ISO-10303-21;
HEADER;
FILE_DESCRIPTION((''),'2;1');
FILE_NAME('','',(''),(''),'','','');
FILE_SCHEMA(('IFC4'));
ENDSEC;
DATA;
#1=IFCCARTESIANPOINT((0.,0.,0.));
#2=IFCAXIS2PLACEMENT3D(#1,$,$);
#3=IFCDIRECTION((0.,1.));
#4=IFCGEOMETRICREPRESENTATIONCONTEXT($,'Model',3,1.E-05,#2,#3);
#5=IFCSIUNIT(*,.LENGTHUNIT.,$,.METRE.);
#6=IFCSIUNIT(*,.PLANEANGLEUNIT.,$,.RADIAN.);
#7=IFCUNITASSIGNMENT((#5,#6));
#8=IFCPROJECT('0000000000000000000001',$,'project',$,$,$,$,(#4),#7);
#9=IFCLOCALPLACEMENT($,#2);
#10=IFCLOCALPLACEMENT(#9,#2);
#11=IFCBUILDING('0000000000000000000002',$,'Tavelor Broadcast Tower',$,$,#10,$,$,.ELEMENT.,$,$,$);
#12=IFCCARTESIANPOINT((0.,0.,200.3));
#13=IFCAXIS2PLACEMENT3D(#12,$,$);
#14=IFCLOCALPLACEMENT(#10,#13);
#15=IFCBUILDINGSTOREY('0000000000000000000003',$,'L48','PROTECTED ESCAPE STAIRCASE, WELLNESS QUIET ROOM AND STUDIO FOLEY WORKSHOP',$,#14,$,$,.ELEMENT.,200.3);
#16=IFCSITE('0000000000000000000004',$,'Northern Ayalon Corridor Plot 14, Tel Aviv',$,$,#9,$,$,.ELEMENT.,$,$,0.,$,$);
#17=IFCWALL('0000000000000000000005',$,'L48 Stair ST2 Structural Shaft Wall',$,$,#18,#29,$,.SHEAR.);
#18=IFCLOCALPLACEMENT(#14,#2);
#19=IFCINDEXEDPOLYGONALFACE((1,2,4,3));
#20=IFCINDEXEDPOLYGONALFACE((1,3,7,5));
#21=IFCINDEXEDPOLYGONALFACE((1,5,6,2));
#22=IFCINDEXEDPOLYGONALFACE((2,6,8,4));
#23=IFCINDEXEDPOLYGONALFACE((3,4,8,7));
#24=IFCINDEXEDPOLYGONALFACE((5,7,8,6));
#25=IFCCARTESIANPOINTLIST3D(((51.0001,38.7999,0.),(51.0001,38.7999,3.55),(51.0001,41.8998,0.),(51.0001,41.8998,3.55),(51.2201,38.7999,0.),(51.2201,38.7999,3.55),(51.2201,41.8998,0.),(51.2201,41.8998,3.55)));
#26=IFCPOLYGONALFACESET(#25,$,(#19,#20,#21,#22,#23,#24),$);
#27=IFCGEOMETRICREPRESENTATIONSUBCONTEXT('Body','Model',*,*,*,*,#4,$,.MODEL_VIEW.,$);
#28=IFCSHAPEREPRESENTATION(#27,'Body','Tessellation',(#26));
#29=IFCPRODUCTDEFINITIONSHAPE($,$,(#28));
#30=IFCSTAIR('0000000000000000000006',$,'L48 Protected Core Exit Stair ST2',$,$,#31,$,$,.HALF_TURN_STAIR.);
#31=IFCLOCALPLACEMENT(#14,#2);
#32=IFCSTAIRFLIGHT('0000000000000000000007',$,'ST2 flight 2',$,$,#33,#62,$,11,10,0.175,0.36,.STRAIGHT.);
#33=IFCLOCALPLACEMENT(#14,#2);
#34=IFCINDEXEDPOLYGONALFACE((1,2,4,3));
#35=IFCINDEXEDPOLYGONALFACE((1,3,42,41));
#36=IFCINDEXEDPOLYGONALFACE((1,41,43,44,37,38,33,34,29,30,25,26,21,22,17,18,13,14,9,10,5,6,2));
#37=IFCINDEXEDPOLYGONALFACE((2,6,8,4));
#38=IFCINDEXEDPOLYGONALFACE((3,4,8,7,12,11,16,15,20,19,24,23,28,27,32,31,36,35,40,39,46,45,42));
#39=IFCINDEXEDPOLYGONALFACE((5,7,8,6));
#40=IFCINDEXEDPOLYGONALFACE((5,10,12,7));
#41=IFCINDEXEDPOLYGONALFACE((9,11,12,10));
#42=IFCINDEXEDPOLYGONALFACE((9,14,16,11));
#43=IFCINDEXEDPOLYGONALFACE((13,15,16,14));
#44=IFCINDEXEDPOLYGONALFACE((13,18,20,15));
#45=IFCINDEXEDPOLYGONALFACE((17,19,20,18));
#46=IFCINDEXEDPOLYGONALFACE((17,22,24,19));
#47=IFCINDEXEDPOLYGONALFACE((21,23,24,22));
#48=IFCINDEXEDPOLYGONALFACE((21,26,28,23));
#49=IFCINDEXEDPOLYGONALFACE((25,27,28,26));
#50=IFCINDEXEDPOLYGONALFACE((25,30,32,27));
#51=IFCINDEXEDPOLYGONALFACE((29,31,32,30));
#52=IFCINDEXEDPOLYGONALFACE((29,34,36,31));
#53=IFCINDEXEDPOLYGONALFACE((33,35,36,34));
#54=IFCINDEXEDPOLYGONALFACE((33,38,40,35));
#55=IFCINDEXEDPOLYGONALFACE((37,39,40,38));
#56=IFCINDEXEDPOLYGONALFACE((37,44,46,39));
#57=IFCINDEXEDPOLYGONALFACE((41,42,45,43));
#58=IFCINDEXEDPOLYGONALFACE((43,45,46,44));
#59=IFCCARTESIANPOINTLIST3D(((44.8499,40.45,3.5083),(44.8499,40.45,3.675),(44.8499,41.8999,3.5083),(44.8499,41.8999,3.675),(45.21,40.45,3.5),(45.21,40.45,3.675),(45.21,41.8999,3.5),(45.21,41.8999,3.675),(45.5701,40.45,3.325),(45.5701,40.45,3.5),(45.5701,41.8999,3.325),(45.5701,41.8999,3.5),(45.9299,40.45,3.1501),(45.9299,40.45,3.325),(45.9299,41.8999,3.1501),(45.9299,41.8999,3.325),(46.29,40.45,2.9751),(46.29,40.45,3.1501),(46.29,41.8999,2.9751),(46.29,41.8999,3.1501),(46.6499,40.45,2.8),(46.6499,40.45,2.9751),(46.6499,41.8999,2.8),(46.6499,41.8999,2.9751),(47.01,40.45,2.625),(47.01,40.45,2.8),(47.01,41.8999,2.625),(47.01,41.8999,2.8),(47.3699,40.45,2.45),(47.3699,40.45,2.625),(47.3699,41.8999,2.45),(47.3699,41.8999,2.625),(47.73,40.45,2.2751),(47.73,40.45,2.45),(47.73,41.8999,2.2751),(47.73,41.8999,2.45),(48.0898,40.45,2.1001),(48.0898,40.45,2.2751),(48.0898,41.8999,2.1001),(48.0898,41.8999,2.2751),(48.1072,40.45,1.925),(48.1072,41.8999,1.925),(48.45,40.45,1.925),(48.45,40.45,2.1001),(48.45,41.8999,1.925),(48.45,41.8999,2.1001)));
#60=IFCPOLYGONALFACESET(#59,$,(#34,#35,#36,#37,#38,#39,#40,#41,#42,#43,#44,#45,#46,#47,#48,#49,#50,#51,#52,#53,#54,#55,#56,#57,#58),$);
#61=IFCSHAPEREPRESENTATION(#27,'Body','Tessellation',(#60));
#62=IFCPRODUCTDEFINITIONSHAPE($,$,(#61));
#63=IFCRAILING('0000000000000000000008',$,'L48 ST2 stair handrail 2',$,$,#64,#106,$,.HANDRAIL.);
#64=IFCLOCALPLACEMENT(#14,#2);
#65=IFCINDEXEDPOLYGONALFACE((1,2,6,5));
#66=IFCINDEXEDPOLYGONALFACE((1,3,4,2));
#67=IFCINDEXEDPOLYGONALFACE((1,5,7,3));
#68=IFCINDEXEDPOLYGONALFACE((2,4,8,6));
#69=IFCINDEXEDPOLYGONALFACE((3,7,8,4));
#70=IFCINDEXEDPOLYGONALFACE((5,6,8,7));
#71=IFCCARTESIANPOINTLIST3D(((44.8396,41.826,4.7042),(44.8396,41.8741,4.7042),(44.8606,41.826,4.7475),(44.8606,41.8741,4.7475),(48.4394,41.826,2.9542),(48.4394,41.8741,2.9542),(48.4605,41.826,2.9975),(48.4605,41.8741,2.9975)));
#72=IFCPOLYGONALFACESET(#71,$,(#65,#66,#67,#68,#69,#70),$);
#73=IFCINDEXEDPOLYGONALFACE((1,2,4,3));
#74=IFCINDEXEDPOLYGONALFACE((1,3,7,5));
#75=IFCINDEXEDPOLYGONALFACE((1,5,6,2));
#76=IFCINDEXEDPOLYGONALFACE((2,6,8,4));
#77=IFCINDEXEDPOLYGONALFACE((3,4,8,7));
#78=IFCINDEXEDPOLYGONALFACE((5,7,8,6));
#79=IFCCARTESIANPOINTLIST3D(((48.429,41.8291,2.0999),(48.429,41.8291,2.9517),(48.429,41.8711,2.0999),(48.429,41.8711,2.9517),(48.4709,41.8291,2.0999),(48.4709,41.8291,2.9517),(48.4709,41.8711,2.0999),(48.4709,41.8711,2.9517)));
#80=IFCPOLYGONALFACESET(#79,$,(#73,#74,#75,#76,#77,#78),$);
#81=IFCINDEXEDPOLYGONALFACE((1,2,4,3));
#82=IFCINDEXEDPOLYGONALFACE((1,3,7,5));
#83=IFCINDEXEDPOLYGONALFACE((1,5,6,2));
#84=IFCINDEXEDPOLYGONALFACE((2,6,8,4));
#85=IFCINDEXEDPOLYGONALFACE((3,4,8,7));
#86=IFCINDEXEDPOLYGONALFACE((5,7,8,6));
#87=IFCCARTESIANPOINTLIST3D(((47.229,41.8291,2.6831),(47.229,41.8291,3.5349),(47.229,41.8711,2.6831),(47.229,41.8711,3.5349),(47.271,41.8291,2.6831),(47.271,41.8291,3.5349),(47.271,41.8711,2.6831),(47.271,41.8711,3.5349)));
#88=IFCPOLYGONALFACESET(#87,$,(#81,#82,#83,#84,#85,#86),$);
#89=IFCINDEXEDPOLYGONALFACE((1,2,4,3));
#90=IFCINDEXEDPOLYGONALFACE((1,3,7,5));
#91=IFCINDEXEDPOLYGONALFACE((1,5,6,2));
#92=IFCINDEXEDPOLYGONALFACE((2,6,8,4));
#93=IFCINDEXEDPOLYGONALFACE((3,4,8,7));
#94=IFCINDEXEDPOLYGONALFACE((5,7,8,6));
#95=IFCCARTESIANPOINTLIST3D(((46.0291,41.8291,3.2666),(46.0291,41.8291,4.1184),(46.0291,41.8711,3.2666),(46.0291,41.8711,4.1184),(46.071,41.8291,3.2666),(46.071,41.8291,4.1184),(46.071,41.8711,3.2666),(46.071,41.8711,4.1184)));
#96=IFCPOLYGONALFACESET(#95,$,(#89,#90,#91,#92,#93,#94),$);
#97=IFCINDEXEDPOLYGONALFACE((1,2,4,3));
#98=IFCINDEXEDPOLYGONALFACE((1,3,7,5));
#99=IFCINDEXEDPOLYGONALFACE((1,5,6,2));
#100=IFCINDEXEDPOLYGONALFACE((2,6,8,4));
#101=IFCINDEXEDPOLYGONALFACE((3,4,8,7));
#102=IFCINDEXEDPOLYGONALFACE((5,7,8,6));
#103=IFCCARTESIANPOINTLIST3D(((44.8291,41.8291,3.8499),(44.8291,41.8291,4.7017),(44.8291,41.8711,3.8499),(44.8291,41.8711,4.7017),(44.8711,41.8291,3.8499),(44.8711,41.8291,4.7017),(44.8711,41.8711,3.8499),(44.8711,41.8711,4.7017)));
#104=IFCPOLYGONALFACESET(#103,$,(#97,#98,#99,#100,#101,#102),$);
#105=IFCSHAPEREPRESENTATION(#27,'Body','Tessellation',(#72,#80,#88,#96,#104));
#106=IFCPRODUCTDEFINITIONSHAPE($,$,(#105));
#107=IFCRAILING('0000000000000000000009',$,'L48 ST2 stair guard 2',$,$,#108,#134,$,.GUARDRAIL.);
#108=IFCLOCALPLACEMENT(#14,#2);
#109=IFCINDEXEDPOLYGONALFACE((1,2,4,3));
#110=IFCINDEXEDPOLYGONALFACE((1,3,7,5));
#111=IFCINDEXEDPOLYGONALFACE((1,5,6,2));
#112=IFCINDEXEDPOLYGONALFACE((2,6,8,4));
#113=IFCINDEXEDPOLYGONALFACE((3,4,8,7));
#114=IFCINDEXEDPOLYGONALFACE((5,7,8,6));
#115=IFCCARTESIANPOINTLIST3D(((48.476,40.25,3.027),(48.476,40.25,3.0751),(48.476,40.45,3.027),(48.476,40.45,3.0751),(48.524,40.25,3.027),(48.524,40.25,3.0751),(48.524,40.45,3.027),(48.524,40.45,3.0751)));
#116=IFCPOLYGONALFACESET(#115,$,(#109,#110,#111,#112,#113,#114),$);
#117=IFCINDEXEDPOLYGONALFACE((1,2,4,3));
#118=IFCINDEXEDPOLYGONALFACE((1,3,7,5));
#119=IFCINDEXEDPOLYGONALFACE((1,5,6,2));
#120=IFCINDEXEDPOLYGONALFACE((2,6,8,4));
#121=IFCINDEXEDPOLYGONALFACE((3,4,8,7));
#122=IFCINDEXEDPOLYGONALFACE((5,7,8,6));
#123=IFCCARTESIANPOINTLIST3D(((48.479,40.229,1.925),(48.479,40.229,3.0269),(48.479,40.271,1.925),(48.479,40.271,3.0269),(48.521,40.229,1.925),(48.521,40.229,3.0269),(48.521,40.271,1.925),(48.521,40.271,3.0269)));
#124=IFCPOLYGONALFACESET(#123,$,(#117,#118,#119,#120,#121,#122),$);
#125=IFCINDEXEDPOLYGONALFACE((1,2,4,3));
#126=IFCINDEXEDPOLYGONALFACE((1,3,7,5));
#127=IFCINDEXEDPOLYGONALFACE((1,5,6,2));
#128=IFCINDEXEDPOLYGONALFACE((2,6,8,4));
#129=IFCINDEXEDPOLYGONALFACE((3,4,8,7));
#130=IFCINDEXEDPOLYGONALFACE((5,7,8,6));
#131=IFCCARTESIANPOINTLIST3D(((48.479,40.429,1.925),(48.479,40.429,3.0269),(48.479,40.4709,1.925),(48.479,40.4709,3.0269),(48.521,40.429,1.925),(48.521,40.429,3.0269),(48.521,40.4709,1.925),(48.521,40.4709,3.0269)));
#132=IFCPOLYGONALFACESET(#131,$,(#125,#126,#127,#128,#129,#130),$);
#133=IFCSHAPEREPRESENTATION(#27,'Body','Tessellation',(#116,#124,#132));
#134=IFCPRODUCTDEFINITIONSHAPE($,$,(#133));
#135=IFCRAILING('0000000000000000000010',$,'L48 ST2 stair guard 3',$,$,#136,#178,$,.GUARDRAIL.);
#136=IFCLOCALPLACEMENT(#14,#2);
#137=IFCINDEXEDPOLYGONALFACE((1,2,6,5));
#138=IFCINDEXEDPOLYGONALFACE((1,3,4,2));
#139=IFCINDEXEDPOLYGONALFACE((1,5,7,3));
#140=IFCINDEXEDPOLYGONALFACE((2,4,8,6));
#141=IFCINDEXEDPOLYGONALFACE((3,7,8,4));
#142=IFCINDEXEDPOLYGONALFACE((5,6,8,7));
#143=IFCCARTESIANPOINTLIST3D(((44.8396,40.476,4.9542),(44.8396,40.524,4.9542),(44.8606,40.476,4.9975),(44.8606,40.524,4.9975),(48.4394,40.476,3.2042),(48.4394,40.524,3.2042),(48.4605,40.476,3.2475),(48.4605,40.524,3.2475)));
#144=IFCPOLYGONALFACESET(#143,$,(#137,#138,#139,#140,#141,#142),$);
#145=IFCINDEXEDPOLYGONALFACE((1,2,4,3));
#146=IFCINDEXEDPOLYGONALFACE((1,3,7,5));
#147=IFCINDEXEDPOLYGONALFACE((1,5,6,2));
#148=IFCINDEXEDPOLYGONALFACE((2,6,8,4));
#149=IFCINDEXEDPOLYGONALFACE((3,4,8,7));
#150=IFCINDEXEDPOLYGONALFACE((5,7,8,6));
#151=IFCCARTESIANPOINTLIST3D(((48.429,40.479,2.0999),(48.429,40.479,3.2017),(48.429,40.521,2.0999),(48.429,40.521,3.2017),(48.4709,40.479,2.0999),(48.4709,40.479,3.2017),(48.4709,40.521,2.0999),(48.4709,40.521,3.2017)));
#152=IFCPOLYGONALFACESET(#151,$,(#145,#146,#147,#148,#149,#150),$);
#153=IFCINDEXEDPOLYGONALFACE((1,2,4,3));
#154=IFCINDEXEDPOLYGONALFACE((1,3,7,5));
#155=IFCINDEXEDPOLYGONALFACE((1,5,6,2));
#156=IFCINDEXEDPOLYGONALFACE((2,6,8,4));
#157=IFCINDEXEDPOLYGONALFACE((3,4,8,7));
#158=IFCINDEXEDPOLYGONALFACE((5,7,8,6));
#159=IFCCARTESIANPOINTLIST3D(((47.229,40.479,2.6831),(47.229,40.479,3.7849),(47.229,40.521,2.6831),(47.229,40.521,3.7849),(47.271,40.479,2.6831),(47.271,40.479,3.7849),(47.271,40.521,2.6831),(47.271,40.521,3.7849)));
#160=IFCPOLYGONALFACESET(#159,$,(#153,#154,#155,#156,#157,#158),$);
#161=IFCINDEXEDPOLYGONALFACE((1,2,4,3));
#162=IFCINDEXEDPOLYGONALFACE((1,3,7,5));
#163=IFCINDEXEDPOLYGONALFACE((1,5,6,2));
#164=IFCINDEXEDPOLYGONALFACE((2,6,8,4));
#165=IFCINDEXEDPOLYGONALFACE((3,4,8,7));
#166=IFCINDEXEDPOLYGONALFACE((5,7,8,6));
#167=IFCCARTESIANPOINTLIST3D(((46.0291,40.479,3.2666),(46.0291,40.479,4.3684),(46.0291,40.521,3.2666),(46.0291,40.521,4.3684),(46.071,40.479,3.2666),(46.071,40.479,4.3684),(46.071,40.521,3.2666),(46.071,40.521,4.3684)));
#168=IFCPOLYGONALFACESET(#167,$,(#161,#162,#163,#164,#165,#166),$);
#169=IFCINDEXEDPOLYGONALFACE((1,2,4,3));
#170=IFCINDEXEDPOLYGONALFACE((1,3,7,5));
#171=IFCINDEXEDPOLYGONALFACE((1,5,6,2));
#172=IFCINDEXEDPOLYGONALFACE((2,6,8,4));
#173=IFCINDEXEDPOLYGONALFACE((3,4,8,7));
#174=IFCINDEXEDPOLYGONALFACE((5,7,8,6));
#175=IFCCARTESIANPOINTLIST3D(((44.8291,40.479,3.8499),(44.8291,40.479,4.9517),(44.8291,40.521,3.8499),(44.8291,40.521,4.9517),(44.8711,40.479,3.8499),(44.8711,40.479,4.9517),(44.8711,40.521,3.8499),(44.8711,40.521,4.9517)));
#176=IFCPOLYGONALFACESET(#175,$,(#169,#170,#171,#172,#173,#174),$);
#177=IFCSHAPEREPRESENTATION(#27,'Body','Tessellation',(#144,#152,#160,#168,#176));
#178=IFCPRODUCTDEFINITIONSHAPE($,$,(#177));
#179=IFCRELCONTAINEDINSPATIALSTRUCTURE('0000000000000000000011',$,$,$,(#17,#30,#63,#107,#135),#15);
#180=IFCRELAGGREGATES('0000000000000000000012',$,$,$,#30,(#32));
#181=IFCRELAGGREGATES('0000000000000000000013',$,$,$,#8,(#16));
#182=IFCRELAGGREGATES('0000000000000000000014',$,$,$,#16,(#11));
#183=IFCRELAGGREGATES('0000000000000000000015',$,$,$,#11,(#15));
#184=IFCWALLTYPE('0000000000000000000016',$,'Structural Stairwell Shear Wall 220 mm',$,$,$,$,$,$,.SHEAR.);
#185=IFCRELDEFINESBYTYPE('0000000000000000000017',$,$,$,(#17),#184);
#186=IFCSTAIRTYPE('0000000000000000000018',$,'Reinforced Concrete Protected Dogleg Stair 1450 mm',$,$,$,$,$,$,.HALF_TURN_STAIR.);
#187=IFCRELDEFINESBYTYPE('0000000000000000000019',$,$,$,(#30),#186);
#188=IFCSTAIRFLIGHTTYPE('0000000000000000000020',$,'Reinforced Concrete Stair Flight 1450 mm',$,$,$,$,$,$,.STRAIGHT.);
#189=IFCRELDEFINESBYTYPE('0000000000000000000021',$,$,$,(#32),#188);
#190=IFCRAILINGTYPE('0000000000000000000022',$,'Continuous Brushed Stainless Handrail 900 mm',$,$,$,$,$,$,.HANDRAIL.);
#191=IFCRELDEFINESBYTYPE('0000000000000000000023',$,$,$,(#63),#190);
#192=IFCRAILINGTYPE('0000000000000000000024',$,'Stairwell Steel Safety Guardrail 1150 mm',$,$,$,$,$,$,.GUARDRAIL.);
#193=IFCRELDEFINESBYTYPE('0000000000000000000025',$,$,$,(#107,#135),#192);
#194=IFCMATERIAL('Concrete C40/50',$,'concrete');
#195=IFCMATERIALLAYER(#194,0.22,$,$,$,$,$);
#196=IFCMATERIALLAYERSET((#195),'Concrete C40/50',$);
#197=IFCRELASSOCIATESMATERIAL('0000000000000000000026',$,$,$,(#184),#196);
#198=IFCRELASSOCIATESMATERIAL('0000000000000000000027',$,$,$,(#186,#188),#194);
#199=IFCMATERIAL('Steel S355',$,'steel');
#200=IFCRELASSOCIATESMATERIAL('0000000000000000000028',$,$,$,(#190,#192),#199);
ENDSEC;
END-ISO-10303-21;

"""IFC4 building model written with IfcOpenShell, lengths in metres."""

from ifc_helpers import new_model, si_unit, direction, frame, frame_2d, origin, origin_2d, place, context, subcontext, project, spatial, polyline, rectangle, outline, extrude, material, layer, layer_set, type_object, element, aggregate, save


model = new_model("IFC4")

# Units and contexts
model_context = context("Model", 3, precision=1e-05, world=origin(), true_north=direction((0.0, 1.0)))
body_context = subcontext(model_context, "Body", "Model", "MODEL_VIEW")
ifc_project = project(units=[si_unit("LENGTHUNIT", "METRE"), si_unit("PLANEANGLEUNIT", "RADIAN")], contexts=[model_context])

# Site, building, storey
site_placement = place(None, origin())
site = spatial("IfcSite", under=ifc_project, at=site_placement, Name="Northern Ayalon Corridor Plot 14, Tel Aviv", CompositionType="ELEMENT", RefElevation=0.0)
building_placement = place(site_placement, origin())
building = spatial("IfcBuilding", under=site, at=building_placement, Name="Tavelor Broadcast Tower", CompositionType="ELEMENT")
storey_placement = place(building_placement, frame((0.0, 0.0, 200.3)))
storey = spatial("IfcBuildingStorey", under=building, at=storey_placement, Name="L48", Description="PROTECTED ESCAPE STAIRCASE, WELLNESS QUIET ROOM AND STUDIO FOLEY WORKSHOP", CompositionType="ELEMENT", Elevation=200.3)

# Shared definitions
ifc_material_1 = material(Name="Concrete C40/50", Category="concrete")
ifc_material_2 = material(Name="Steel S355", Category="steel")

# Wall
ifc_layer_1 = layer(ifc_material_1, 0.22)
ifc_layer_set_1 = layer_set([ifc_layer_1], Name="Concrete C40/50")
wall_type_1 = type_object("IfcWallType", Name="Structural Stairwell Shear Wall 220 mm", PredefinedType="SHEAR", material=ifc_layer_set_1)
wall_1_placement = place(storey_placement, frame((51.1101, 38.8, 0.0), z_axis=(0.0, 0.0, 1.0), x_axis=(0.0, 1.0, 0.0)))
element("IfcWall", 1, at=wall_1_placement, inside=storey, type_object=wall_type_1, Name="L48 Stair ST2 Structural Shaft Wall", PredefinedType="SHEAR", context=body_context, shape_type="SweptSolid", body=[
    extrude(rectangle(XDim=3.0999, YDim=0.22, at=frame_2d((1.5498, 0.0))), origin(), (0.0, 0.0, 1.0), 3.55),
])

# Stair, stair flight
stair_type = type_object("IfcStairType", Name="Reinforced Concrete Protected Dogleg Stair 1450 mm", PredefinedType="HALF_TURN_STAIR", material=ifc_material_1)
stair_placement = place(storey_placement, origin())
stair = element("IfcStair", 2, at=stair_placement, inside=storey, type_object=stair_type, Name="L48 Protected Core Exit Stair ST2", PredefinedType="HALF_TURN_STAIR")
stair_flight_type = type_object("IfcStairFlightType", Name="Reinforced Concrete Stair Flight 1450 mm", PredefinedType="STRAIGHT", material=ifc_material_1)
stair_flight_placement = place(storey_placement, frame((48.45, 41.175, 1.925), z_axis=(0.0, 0.0, 1.0), x_axis=(-1.0, 0.0, 0.0)))
stair_flight = element("IfcStairFlight", 3, at=stair_flight_placement, type_object=stair_flight_type, Name="ST2 flight 2", NumberOfRisers=11, NumberOfTreads=10, PredefinedType="STRAIGHT", RiserHeight=0.175, TreadLength=0.36, context=body_context, shape_type="SweptSolid", body=[
    extrude(outline(polyline([(0.0, 0.0), (0.0, 0.175), (0.3601, 0.175), (0.3601, 0.3501), (0.72, 0.3501), (0.72, 0.5249), (1.0801, 0.5249), (1.0801, 0.7), (1.4399, 0.7), (1.4399, 0.875), (1.8, 0.875), (1.8, 1.05), (2.1599, 1.05), (2.1599, 1.2251), (2.52, 1.2251), (2.52, 1.3999), (2.8799, 1.3999), (2.8799, 1.575), (3.24, 1.575), (3.24, 1.75), (3.6001, 1.75), (3.6001, 1.925), (3.6001, 1.5833), (0.3428, 0.0), (0.0, 0.0)])), frame((0.0, 0.7251, 0.0), z_axis=(0.0, -1.0, 0.0), x_axis=(1.0, 0.0, 0.0)), (0.0, 0.0, 1.0), 1.45),
])
aggregate(stair, [stair_flight])

# Railings
railing_type_1 = type_object("IfcRailingType", Name="Continuous Brushed Stainless Handrail 900 mm", PredefinedType="HANDRAIL", material=ifc_material_2)
railing_1_placement = place(storey_placement, frame((48.45, 41.8501, 2.0999)))
element("IfcRailing", 4, at=railing_1_placement, inside=storey, type_object=railing_type_1, Name="L48 ST2 stair handrail 2", PredefinedType="HANDRAIL", context=body_context, shape_type="SweptSolid", body=[
    extrude(rectangle(XDim=0.0481, YDim=0.0481, at=origin_2d()), frame((0.0, 0.0, 0.876), z_axis=(-0.899361, 0.0, 0.437207), x_axis=(0.0, -1.0, 0.0)), (0.0, 0.0, 1.0), 4.0027),
    extrude(rectangle(XDim=0.042, YDim=0.042, at=origin_2d()), origin(), (0.0, 0.0, 1.0), 0.8518),
    extrude(rectangle(XDim=0.042, YDim=0.042, at=origin_2d()), frame((-1.2, 0.0, 0.5833)), (0.0, 0.0, 1.0), 0.8518),
    extrude(rectangle(XDim=0.042, YDim=0.042, at=origin_2d()), frame((-2.3999, 0.0, 1.1667)), (0.0, 0.0, 1.0), 0.8518),
    extrude(rectangle(XDim=0.042, YDim=0.042, at=origin_2d()), frame((-3.5999, 0.0, 1.75)), (0.0, 0.0, 1.0), 0.8518),
])
railing_type_2 = type_object("IfcRailingType", Name="Stairwell Steel Safety Guardrail 1150 mm", PredefinedType="GUARDRAIL", material=ifc_material_2)
railing_2_placement = place(storey_placement, frame((48.5, 40.25, 1.925)))
element("IfcRailing", 5, at=railing_2_placement, inside=storey, type_object=railing_type_2, Name="L48 ST2 stair guard 2", PredefinedType="GUARDRAIL", context=body_context, shape_type="SweptSolid", body=[
    extrude(rectangle(XDim=0.0481, YDim=0.0481, at=origin_2d()), frame((0.0, 0.0, 1.126), z_axis=(0.0, 1.0, 0.0), x_axis=(-1.0, 0.0, 0.0)), (0.0, 0.0, 1.0), 0.2),
    extrude(rectangle(XDim=0.042, YDim=0.042, at=origin_2d()), origin(), (0.0, 0.0, 1.0), 1.1018),
    extrude(rectangle(XDim=0.042, YDim=0.042, at=origin_2d()), frame((0.0, 0.2, 0.0)), (0.0, 0.0, 1.0), 1.1018),
])
railing_3_placement = place(storey_placement, frame((48.45, 40.5, 2.0999)))
element("IfcRailing", 6, at=railing_3_placement, inside=storey, type_object=railing_type_2, Name="L48 ST2 stair guard 3", PredefinedType="GUARDRAIL", context=body_context, shape_type="SweptSolid", body=[
    extrude(rectangle(XDim=0.0481, YDim=0.0481, at=origin_2d()), frame((0.0, 0.0, 1.126), z_axis=(-0.899361, 0.0, 0.437207), x_axis=(0.0, -1.0, 0.0)), (0.0, 0.0, 1.0), 4.0027),
    extrude(rectangle(XDim=0.042, YDim=0.042, at=origin_2d()), origin(), (0.0, 0.0, 1.0), 1.1018),
    extrude(rectangle(XDim=0.042, YDim=0.042, at=origin_2d()), frame((-1.2, 0.0, 0.5833)), (0.0, 0.0, 1.0), 1.1018),
    extrude(rectangle(XDim=0.042, YDim=0.042, at=origin_2d()), frame((-2.3999, 0.0, 1.1667)), (0.0, 0.0, 1.0), 1.1018),
    extrude(rectangle(XDim=0.042, YDim=0.042, at=origin_2d()), frame((-3.5999, 0.0, 1.75)), (0.0, 0.0, 1.0), 1.1018),
])

save(model, "model.ifc")
